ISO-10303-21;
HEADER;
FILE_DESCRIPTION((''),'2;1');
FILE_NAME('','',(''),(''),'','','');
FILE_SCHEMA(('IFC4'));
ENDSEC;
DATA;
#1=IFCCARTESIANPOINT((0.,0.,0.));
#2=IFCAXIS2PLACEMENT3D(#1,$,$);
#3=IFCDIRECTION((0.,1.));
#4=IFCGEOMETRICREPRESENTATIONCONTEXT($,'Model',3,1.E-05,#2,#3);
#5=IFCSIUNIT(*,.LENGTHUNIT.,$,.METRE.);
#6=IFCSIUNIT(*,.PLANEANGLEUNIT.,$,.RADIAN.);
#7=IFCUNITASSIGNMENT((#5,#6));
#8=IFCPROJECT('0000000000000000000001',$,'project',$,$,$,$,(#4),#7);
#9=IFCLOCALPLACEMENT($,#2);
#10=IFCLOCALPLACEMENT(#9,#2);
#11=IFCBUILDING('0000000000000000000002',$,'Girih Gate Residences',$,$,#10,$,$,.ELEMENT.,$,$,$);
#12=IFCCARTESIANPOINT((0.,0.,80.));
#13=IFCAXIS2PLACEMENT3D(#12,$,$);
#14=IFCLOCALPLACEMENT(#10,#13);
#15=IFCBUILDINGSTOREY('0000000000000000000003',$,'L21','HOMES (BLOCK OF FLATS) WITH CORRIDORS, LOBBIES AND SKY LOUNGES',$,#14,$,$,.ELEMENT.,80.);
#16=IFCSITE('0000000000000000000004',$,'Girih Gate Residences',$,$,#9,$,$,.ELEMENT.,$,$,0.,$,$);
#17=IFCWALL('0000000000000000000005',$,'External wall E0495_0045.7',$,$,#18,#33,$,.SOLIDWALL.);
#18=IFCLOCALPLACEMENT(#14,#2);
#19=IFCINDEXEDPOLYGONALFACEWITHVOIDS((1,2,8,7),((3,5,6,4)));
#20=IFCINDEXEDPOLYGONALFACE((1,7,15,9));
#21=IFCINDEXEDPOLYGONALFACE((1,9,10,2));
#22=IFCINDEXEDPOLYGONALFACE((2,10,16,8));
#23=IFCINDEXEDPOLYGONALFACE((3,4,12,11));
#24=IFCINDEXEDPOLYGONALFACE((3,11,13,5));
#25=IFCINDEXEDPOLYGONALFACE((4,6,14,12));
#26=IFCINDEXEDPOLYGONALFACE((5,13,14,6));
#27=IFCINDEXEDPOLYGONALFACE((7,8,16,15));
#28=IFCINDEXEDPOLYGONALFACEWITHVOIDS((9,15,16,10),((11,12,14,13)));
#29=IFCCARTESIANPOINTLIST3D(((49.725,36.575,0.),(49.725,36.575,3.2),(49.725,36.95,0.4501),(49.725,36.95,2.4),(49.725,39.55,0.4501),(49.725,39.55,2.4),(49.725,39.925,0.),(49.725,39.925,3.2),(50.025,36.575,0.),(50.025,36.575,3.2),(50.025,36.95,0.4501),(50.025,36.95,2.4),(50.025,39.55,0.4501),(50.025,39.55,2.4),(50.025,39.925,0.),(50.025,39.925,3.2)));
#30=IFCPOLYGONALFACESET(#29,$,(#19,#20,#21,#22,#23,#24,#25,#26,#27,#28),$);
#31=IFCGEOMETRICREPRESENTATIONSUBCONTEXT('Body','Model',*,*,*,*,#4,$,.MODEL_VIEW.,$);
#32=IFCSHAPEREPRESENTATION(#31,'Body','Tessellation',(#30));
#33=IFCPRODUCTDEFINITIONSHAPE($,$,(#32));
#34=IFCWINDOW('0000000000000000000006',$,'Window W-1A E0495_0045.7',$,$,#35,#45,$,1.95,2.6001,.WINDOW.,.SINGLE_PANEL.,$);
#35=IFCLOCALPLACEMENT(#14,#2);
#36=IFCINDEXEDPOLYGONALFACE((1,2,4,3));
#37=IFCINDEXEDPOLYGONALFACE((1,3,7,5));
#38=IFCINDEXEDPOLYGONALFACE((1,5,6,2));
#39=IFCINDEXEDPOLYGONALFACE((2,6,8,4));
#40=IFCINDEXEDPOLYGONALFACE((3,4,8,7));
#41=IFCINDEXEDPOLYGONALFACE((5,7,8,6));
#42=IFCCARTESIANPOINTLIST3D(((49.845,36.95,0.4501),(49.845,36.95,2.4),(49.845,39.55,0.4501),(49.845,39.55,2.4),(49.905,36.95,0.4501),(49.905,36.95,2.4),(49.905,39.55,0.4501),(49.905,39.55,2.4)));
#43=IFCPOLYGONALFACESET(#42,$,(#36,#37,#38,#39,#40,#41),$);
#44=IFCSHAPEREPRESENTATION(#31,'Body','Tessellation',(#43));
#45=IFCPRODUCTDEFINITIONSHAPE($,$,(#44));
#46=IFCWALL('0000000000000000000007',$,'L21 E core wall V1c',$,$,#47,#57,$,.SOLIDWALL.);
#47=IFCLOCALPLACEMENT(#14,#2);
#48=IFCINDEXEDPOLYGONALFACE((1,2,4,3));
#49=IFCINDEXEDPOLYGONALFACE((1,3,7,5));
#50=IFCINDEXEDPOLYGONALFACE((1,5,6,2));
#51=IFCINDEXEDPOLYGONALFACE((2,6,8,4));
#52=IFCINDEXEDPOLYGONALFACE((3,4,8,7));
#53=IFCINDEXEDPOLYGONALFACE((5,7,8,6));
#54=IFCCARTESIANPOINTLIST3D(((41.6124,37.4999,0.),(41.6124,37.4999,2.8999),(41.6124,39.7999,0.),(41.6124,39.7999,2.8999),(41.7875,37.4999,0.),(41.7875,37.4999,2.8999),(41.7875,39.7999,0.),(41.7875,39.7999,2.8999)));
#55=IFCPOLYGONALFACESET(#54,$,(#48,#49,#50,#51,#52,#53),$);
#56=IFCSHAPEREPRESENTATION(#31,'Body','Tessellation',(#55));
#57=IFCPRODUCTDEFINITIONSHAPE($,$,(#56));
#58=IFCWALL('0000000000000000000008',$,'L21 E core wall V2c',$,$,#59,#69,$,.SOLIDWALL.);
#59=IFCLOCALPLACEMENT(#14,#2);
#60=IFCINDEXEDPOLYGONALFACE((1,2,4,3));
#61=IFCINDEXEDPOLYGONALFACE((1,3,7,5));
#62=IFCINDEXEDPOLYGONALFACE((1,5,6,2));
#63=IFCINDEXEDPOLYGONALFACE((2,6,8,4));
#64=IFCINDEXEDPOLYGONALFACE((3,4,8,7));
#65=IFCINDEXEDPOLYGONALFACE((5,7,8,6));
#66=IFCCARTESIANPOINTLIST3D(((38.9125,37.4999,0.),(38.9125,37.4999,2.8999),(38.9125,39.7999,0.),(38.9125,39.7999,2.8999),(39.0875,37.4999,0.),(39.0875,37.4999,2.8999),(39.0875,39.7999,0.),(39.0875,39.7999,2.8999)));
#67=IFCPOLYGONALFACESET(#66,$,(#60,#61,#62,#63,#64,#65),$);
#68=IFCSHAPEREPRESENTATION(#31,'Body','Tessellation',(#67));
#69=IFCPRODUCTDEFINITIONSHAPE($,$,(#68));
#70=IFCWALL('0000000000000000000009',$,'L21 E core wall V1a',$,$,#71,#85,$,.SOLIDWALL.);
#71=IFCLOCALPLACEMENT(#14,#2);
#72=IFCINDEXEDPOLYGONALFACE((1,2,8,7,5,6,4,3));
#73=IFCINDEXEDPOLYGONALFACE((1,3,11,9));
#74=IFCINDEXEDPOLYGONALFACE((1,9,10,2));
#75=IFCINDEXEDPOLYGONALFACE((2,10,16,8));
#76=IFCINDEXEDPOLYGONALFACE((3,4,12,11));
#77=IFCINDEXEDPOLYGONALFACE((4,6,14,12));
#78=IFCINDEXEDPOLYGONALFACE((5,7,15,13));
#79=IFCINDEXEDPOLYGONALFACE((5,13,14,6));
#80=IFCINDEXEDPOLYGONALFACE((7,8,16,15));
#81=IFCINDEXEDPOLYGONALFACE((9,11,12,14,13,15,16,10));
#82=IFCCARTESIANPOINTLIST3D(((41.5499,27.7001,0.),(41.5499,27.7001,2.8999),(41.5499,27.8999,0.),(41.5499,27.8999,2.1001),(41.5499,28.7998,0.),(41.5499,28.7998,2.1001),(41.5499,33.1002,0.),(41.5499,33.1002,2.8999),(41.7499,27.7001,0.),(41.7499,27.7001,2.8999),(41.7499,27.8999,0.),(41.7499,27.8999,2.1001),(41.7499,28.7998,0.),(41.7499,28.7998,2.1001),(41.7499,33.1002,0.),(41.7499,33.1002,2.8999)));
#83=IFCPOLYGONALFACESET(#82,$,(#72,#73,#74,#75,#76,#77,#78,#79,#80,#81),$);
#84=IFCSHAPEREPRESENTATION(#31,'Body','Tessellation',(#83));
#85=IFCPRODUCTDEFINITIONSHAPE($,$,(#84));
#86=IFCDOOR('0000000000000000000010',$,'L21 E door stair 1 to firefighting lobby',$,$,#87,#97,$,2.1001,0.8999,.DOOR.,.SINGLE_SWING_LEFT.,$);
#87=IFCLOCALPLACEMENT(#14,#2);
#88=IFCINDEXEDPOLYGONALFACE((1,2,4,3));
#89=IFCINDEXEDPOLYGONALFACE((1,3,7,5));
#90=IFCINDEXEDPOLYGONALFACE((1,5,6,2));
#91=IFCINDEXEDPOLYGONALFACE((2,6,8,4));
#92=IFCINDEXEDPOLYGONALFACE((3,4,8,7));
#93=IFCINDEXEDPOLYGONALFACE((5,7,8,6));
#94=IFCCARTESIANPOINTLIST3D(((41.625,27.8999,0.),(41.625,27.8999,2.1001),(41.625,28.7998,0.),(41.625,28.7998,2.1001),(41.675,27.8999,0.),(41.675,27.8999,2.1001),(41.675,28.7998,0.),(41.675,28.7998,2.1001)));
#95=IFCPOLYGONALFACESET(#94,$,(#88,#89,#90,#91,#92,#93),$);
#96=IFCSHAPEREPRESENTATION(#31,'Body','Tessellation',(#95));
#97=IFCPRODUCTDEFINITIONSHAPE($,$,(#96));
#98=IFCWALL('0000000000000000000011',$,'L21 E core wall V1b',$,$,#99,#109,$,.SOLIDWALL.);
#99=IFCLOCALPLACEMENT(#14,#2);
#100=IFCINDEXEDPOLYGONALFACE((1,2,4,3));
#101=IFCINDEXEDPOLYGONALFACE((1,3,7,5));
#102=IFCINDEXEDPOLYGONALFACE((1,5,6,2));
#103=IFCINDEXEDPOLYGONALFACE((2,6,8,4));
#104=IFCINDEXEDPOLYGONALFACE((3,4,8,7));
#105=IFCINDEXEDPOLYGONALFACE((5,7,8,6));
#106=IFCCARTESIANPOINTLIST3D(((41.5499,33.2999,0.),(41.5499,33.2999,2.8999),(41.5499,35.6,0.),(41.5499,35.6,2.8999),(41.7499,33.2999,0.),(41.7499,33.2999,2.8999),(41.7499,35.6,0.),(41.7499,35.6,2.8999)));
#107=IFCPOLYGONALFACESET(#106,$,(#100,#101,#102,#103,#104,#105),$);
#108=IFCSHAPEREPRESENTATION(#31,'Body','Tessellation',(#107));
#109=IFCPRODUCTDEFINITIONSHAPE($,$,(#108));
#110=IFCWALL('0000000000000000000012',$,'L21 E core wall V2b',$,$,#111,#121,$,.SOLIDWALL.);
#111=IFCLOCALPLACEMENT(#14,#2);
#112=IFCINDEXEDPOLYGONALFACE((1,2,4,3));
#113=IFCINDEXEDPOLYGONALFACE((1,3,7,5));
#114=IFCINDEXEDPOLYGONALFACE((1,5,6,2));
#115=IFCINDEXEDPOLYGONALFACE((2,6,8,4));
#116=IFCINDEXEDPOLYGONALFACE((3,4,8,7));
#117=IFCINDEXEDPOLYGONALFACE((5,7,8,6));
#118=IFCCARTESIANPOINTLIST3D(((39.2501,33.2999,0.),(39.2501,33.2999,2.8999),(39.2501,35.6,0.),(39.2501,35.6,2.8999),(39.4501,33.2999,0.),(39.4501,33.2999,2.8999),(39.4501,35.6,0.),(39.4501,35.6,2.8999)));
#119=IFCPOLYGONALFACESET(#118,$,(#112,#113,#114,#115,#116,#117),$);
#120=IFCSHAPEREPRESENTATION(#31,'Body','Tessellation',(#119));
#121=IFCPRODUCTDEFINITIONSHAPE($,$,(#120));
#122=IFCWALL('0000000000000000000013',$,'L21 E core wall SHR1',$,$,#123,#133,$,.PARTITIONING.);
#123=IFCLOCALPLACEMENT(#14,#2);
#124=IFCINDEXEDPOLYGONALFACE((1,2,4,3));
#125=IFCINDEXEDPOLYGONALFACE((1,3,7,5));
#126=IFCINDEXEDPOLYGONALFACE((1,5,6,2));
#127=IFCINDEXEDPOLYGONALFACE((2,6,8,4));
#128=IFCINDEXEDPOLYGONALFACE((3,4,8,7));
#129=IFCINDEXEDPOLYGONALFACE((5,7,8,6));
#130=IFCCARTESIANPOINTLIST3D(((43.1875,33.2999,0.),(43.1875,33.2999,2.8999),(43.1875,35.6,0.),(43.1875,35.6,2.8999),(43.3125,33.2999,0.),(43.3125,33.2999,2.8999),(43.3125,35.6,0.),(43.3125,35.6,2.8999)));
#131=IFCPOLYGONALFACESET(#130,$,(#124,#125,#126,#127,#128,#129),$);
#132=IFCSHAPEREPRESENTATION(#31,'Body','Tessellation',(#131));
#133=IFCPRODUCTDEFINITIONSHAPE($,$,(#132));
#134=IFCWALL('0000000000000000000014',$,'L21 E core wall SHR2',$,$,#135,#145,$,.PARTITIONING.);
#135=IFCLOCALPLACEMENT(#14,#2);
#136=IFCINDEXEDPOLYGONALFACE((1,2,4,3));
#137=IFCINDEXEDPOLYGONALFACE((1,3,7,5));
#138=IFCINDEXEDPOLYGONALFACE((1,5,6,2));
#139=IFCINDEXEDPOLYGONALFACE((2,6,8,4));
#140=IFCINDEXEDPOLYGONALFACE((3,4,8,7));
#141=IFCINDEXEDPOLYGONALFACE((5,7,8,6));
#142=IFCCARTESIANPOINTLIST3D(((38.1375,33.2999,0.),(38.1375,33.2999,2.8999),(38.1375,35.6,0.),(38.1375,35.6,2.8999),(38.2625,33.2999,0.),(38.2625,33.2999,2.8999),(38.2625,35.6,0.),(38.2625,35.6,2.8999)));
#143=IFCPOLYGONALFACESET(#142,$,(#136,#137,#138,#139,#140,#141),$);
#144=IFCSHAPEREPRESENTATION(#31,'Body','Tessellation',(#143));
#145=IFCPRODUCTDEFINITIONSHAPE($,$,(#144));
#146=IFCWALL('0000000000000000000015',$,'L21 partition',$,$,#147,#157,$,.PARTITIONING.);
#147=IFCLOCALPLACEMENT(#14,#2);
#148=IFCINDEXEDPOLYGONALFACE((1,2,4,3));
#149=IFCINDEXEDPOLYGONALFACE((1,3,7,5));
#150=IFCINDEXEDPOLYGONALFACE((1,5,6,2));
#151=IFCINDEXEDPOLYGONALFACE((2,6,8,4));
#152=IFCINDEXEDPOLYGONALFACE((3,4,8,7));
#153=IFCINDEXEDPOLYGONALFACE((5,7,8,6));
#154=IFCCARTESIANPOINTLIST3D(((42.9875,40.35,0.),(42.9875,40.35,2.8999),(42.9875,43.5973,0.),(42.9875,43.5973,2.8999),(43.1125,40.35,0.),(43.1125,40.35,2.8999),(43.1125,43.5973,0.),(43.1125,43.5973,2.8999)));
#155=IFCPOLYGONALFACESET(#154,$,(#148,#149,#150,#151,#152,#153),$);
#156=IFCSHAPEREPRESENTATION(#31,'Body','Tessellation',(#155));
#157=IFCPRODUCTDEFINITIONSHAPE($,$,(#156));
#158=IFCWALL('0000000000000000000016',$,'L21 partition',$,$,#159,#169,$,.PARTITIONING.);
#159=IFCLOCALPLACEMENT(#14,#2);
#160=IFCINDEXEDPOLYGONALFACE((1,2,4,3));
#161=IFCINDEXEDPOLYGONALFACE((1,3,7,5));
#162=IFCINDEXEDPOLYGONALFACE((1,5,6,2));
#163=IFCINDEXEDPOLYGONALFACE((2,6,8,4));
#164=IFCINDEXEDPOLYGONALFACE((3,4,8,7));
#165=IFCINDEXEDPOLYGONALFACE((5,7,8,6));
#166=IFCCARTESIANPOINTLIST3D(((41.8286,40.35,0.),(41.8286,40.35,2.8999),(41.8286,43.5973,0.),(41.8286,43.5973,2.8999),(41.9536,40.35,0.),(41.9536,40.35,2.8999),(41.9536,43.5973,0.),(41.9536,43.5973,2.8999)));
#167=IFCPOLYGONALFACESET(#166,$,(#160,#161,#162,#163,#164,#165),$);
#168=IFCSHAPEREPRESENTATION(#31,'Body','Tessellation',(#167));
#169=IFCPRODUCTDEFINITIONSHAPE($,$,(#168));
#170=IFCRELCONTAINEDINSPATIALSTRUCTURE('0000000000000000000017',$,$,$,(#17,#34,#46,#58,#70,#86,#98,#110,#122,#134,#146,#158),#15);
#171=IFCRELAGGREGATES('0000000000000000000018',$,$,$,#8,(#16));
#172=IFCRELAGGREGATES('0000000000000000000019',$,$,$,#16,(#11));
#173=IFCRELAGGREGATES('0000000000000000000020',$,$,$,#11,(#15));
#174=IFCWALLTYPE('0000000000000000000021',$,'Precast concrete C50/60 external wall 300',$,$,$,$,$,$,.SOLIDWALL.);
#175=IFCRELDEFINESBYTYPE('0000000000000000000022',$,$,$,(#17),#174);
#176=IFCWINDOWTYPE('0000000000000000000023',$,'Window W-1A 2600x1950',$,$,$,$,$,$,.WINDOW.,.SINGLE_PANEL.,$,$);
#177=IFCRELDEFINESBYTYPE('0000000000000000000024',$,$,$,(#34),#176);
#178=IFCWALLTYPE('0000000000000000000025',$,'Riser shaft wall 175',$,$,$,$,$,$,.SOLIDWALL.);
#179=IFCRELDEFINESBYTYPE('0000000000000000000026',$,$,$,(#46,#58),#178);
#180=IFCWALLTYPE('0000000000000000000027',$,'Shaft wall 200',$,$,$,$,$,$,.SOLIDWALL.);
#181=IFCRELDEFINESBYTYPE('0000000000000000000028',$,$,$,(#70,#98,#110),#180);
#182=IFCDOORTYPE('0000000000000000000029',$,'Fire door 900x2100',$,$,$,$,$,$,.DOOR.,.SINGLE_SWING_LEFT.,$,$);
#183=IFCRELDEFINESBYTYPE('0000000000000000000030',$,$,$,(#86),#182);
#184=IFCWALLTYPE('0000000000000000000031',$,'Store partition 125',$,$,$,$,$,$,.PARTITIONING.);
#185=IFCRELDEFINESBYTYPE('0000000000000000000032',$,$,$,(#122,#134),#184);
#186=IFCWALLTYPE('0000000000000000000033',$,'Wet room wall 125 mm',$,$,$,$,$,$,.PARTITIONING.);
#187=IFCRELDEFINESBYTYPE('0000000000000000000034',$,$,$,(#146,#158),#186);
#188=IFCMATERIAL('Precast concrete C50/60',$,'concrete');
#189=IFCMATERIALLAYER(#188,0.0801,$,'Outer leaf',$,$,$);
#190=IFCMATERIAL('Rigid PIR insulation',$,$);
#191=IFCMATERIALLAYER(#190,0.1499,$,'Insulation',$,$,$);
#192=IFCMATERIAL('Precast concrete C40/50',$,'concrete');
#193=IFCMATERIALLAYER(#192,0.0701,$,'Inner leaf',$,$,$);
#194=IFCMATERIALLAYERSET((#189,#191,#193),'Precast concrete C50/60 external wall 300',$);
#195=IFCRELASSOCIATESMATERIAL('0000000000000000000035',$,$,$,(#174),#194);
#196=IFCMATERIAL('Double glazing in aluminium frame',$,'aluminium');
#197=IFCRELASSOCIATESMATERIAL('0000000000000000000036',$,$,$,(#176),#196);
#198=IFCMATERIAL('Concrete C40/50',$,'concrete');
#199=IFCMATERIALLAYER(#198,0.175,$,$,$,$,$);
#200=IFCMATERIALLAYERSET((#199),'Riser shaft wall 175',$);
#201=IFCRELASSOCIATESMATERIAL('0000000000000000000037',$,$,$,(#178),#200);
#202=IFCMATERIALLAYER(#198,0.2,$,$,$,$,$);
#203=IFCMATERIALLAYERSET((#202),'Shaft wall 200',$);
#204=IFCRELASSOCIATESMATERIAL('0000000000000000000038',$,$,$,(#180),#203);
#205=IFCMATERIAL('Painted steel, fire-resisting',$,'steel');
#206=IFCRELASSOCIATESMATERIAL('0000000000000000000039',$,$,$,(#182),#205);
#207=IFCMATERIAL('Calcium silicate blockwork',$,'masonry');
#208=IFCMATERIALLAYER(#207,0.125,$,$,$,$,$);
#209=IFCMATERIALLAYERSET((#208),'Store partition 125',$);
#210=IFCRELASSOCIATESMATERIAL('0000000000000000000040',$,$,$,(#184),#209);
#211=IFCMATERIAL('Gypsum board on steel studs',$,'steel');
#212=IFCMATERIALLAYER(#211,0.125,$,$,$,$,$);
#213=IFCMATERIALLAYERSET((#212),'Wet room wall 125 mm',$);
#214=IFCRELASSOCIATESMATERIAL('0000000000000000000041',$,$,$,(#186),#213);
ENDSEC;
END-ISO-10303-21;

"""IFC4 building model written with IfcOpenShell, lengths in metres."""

from ifc_helpers import new_model, si_unit, direction, frame, frame_2d, origin, place, context, subcontext, project, spatial, rectangle, extrude, material, layer, layer_set, type_object, element, fill, save


model = new_model("IFC4")

# Units and contexts
model_context = context("Model", 3, precision=1e-05, world=origin(), true_north=direction((0.0, 1.0)))
body_context = subcontext(model_context, "Body", "Model", "MODEL_VIEW")
ifc_project = project(units=[si_unit("LENGTHUNIT", "METRE"), si_unit("PLANEANGLEUNIT", "RADIAN")], contexts=[model_context])

# Site, building, storey
site_placement = place(None, origin())
site = spatial("IfcSite", under=ifc_project, at=site_placement, Name="Girih Gate Residences", CompositionType="ELEMENT", RefElevation=0.0)
building_placement = place(site_placement, origin())
building = spatial("IfcBuilding", under=site, at=building_placement, Name="Girih Gate Residences", CompositionType="ELEMENT")
storey_placement = place(building_placement, frame((0.0, 0.0, 80.0)))
storey = spatial("IfcBuildingStorey", under=building, at=storey_placement, Name="L21", Description="HOMES (BLOCK OF FLATS) WITH CORRIDORS, LOBBIES AND SKY LOUNGES", CompositionType="ELEMENT", Elevation=80.0)

# Shared definitions
ifc_material_1 = material(Name="Gypsum board on steel studs", Category="steel")

# Wall, opening, window
ifc_material_2 = material(Name="Precast concrete C50/60", Category="concrete")
ifc_layer_1 = layer(ifc_material_2, 0.0801, Name="Outer leaf")
ifc_material_3 = material(Name="Rigid PIR insulation")
ifc_layer_2 = layer(ifc_material_3, 0.1499, Name="Insulation")
ifc_material_4 = material(Name="Precast concrete C40/50", Category="concrete")
ifc_layer_3 = layer(ifc_material_4, 0.0701, Name="Inner leaf")
ifc_layer_set_1 = layer_set([ifc_layer_1, ifc_layer_2, ifc_layer_3], Name="Precast concrete C50/60 external wall 300")
wall_type_1 = type_object("IfcWallType", Name="Precast concrete C50/60 external wall 300", PredefinedType="SOLIDWALL", material=ifc_layer_set_1)
ifc_material_5 = material(Name="Double glazing in aluminium frame", Category="aluminium")
window_type = type_object("IfcWindowType", Name="Window W-1A 2600x1950", PartitioningType="SINGLE_PANEL", PredefinedType="WINDOW", material=ifc_material_5)
wall_1_placement = place(storey_placement, frame((49.875, 39.925, 0.0), z_axis=(0.0, 0.0, 1.0), x_axis=(0.0, -1.0, 0.0)))
wall_1 = element("IfcWall", 1, at=wall_1_placement, inside=storey, type_object=wall_type_1, Name="External wall E0495_0045.7", PredefinedType="SOLIDWALL", context=body_context, shape_type="SweptSolid", body=[
    extrude(rectangle(XDim=3.3501, YDim=0.3, at=frame_2d((1.675, 0.0))), origin(), (0.0, 0.0, 1.0), 3.2),
])
opening_1_placement = place(wall_1_placement, frame((0.375, 0.0, 0.45)))
opening_1 = element("IfcOpeningElement", 2, at=opening_1_placement, cuts=wall_1, PredefinedType="OPENING", context=body_context, shape_type="SweptSolid", body=[
    extrude(rectangle(XDim=2.6001, YDim=1.95, at=frame_2d((1.3, 0.9751))), frame((0.0, 0.1599, 0.0), z_axis=(0.0, -1.0, 0.0), x_axis=(1.0, 0.0, 0.0)), (0.0, 0.0, 1.0), 0.3201),
])
window_1_placement = place(opening_1_placement, origin())
window_1 = element("IfcWindow", 3, at=window_1_placement, inside=storey, type_object=window_type, Name="Window W-1A E0495_0045.7", OverallHeight=1.95, OverallWidth=2.6001, PartitioningType="SINGLE_PANEL", PredefinedType="WINDOW", context=body_context, shape_type="SweptSolid", body=[
    extrude(rectangle(XDim=2.6001, YDim=1.95, at=frame_2d((1.3, 0.9751))), frame((0.0, 0.03, 0.0), z_axis=(0.0, -1.0, 0.0), x_axis=(1.0, 0.0, 0.0)), (0.0, 0.0, 1.0), 0.0601),
])
fill(opening_1, window_1)

# Walls
ifc_material_6 = material(Name="Concrete C40/50", Category="concrete")
ifc_layer_4 = layer(ifc_material_6, 0.175)
ifc_layer_set_2 = layer_set([ifc_layer_4], Name="Riser shaft wall 175")
wall_type_2 = type_object("IfcWallType", Name="Riser shaft wall 175", PredefinedType="SOLIDWALL", material=ifc_layer_set_2)
for number, where, z_axis, x_axis, name in (
    (4, (41.7, 37.5, 0.0), (0.0, 0.0, 1.0), (0.0, 1.0, 0.0), "L21 E core wall V1c"),
    (5, (39.0, 37.5, 0.0), (0.0, 0.0, 1.0), (0.0, 1.0, 0.0), "L21 E core wall V2c"),
):
    element("IfcWall", number, at=place(storey_placement, frame(where, z_axis=z_axis, x_axis=x_axis)), inside=storey, type_object=wall_type_2, Name=name, PredefinedType="SOLIDWALL", context=body_context, shape_type="SweptSolid", body=[
        extrude(rectangle(XDim=2.3, YDim=0.175, at=frame_2d((1.1499, 0.0))), origin(), (0.0, 0.0, 1.0), 2.8999),
    ])

# Wall, opening, door
ifc_layer_5 = layer(ifc_material_6, 0.2)
ifc_layer_set_3 = layer_set([ifc_layer_5], Name="Shaft wall 200")
wall_type_3 = type_object("IfcWallType", Name="Shaft wall 200", PredefinedType="SOLIDWALL", material=ifc_layer_set_3)
wall_2_placement = place(storey_placement, frame((41.6499, 27.7, 0.0), z_axis=(0.0, 0.0, 1.0), x_axis=(0.0, 1.0, 0.0)))
wall_2 = element("IfcWall", 6, at=wall_2_placement, inside=storey, type_object=wall_type_3, Name="L21 E core wall V1a", PredefinedType="SOLIDWALL", context=body_context, shape_type="SweptSolid", body=[
    extrude(rectangle(XDim=5.4001, YDim=0.2, at=frame_2d((2.7002, 0.0))), origin(), (0.0, 0.0, 1.0), 2.8999),
])
opening_2_placement = place(wall_2_placement, frame((0.2, 0.0, 0.0)))
opening_2 = element("IfcOpeningElement", 7, at=opening_2_placement, cuts=wall_2, PredefinedType="OPENING", context=body_context, shape_type="SweptSolid", body=[
    extrude(rectangle(XDim=0.8999, YDim=2.1001, at=frame_2d((0.45, 1.05))), frame((0.0, 0.1099, 0.0), z_axis=(0.0, -1.0, 0.0), x_axis=(1.0, 0.0, 0.0)), (0.0, 0.0, 1.0), 0.22),
])
ifc_material_7 = material(Name="Painted steel, fire-resisting", Category="steel")
door_type_1 = type_object("IfcDoorType", Name="Fire door 900x2100", OperationType="SINGLE_SWING_LEFT", PredefinedType="DOOR", material=ifc_material_7)
door_1_placement = place(opening_2_placement, origin())
door_1 = element("IfcDoor", 8, at=door_1_placement, inside=storey, type_object=door_type_1, Name="L21 E door stair 1 to firefighting lobby", OperationType="SINGLE_SWING_LEFT", OverallHeight=2.1001, OverallWidth=0.8999, PredefinedType="DOOR", context=body_context, shape_type="SweptSolid", body=[
    extrude(rectangle(XDim=0.8999, YDim=2.1001, at=frame_2d((0.45, 1.05))), frame((0.0, 0.0249, 0.0), z_axis=(0.0, -1.0, 0.0), x_axis=(1.0, 0.0, 0.0)), (0.0, 0.0, 1.0), 0.05),
])
fill(opening_2, door_1)

# Walls
for number, where, z_axis, x_axis, name in (
    (9, (41.6499, 33.3, 0.0), (0.0, 0.0, 1.0), (0.0, 1.0, 0.0), "L21 E core wall V1b"),
    (10, (39.3501, 33.3, 0.0), (0.0, 0.0, 1.0), (0.0, 1.0, 0.0), "L21 E core wall V2b"),
):
    element("IfcWall", number, at=place(storey_placement, frame(where, z_axis=z_axis, x_axis=x_axis)), inside=storey, type_object=wall_type_3, Name=name, PredefinedType="SOLIDWALL", context=body_context, shape_type="SweptSolid", body=[
        extrude(rectangle(XDim=2.3, YDim=0.2, at=frame_2d((1.1499, 0.0))), origin(), (0.0, 0.0, 1.0), 2.8999),
    ])
ifc_material_8 = material(Name="Calcium silicate blockwork", Category="masonry")
ifc_layer_6 = layer(ifc_material_8, 0.125)
ifc_layer_set_4 = layer_set([ifc_layer_6], Name="Store partition 125")
wall_type_4 = type_object("IfcWallType", Name="Store partition 125", PredefinedType="PARTITIONING", material=ifc_layer_set_4)
for number, where, z_axis, x_axis, name in (
    (11, (43.25, 33.3, 0.0), (0.0, 0.0, 1.0), (0.0, 1.0, 0.0), "L21 E core wall SHR1"),
    (12, (38.2, 33.3, 0.0), (0.0, 0.0, 1.0), (0.0, 1.0, 0.0), "L21 E core wall SHR2"),
):
    element("IfcWall", number, at=place(storey_placement, frame(where, z_axis=z_axis, x_axis=x_axis)), inside=storey, type_object=wall_type_4, Name=name, PredefinedType="PARTITIONING", context=body_context, shape_type="SweptSolid", body=[
        extrude(rectangle(XDim=2.3, YDim=0.125, at=frame_2d((1.1499, 0.0))), origin(), (0.0, 0.0, 1.0), 2.8999),
    ])
ifc_layer_7 = layer(ifc_material_1, 0.125)
ifc_layer_set_5 = layer_set([ifc_layer_7], Name="Wet room wall 125 mm")
wall_type_5 = type_object("IfcWallType", Name="Wet room wall 125 mm", PredefinedType="PARTITIONING", material=ifc_layer_set_5)
for number, where, z_axis, x_axis, name in (
    (13, (43.05, 40.3501, 0.0), (0.0, 0.0, 1.0), (0.0, 1.0, 0.0), "L21 partition"),
    (14, (41.8911, 40.3501, 0.0), (0.0, 0.0, 1.0), (0.0, 1.0, 0.0), "L21 partition"),
):
    element("IfcWall", number, at=place(storey_placement, frame(where, z_axis=z_axis, x_axis=x_axis)), inside=storey, type_object=wall_type_5, Name=name, PredefinedType="PARTITIONING", context=body_context, shape_type="SweptSolid", body=[
        extrude(rectangle(XDim=3.2473, YDim=0.125, at=frame_2d((1.6235, 0.0))), origin(), (0.0, 0.0, 1.0), 2.8999),
    ])

save(model, "model.ifc")
